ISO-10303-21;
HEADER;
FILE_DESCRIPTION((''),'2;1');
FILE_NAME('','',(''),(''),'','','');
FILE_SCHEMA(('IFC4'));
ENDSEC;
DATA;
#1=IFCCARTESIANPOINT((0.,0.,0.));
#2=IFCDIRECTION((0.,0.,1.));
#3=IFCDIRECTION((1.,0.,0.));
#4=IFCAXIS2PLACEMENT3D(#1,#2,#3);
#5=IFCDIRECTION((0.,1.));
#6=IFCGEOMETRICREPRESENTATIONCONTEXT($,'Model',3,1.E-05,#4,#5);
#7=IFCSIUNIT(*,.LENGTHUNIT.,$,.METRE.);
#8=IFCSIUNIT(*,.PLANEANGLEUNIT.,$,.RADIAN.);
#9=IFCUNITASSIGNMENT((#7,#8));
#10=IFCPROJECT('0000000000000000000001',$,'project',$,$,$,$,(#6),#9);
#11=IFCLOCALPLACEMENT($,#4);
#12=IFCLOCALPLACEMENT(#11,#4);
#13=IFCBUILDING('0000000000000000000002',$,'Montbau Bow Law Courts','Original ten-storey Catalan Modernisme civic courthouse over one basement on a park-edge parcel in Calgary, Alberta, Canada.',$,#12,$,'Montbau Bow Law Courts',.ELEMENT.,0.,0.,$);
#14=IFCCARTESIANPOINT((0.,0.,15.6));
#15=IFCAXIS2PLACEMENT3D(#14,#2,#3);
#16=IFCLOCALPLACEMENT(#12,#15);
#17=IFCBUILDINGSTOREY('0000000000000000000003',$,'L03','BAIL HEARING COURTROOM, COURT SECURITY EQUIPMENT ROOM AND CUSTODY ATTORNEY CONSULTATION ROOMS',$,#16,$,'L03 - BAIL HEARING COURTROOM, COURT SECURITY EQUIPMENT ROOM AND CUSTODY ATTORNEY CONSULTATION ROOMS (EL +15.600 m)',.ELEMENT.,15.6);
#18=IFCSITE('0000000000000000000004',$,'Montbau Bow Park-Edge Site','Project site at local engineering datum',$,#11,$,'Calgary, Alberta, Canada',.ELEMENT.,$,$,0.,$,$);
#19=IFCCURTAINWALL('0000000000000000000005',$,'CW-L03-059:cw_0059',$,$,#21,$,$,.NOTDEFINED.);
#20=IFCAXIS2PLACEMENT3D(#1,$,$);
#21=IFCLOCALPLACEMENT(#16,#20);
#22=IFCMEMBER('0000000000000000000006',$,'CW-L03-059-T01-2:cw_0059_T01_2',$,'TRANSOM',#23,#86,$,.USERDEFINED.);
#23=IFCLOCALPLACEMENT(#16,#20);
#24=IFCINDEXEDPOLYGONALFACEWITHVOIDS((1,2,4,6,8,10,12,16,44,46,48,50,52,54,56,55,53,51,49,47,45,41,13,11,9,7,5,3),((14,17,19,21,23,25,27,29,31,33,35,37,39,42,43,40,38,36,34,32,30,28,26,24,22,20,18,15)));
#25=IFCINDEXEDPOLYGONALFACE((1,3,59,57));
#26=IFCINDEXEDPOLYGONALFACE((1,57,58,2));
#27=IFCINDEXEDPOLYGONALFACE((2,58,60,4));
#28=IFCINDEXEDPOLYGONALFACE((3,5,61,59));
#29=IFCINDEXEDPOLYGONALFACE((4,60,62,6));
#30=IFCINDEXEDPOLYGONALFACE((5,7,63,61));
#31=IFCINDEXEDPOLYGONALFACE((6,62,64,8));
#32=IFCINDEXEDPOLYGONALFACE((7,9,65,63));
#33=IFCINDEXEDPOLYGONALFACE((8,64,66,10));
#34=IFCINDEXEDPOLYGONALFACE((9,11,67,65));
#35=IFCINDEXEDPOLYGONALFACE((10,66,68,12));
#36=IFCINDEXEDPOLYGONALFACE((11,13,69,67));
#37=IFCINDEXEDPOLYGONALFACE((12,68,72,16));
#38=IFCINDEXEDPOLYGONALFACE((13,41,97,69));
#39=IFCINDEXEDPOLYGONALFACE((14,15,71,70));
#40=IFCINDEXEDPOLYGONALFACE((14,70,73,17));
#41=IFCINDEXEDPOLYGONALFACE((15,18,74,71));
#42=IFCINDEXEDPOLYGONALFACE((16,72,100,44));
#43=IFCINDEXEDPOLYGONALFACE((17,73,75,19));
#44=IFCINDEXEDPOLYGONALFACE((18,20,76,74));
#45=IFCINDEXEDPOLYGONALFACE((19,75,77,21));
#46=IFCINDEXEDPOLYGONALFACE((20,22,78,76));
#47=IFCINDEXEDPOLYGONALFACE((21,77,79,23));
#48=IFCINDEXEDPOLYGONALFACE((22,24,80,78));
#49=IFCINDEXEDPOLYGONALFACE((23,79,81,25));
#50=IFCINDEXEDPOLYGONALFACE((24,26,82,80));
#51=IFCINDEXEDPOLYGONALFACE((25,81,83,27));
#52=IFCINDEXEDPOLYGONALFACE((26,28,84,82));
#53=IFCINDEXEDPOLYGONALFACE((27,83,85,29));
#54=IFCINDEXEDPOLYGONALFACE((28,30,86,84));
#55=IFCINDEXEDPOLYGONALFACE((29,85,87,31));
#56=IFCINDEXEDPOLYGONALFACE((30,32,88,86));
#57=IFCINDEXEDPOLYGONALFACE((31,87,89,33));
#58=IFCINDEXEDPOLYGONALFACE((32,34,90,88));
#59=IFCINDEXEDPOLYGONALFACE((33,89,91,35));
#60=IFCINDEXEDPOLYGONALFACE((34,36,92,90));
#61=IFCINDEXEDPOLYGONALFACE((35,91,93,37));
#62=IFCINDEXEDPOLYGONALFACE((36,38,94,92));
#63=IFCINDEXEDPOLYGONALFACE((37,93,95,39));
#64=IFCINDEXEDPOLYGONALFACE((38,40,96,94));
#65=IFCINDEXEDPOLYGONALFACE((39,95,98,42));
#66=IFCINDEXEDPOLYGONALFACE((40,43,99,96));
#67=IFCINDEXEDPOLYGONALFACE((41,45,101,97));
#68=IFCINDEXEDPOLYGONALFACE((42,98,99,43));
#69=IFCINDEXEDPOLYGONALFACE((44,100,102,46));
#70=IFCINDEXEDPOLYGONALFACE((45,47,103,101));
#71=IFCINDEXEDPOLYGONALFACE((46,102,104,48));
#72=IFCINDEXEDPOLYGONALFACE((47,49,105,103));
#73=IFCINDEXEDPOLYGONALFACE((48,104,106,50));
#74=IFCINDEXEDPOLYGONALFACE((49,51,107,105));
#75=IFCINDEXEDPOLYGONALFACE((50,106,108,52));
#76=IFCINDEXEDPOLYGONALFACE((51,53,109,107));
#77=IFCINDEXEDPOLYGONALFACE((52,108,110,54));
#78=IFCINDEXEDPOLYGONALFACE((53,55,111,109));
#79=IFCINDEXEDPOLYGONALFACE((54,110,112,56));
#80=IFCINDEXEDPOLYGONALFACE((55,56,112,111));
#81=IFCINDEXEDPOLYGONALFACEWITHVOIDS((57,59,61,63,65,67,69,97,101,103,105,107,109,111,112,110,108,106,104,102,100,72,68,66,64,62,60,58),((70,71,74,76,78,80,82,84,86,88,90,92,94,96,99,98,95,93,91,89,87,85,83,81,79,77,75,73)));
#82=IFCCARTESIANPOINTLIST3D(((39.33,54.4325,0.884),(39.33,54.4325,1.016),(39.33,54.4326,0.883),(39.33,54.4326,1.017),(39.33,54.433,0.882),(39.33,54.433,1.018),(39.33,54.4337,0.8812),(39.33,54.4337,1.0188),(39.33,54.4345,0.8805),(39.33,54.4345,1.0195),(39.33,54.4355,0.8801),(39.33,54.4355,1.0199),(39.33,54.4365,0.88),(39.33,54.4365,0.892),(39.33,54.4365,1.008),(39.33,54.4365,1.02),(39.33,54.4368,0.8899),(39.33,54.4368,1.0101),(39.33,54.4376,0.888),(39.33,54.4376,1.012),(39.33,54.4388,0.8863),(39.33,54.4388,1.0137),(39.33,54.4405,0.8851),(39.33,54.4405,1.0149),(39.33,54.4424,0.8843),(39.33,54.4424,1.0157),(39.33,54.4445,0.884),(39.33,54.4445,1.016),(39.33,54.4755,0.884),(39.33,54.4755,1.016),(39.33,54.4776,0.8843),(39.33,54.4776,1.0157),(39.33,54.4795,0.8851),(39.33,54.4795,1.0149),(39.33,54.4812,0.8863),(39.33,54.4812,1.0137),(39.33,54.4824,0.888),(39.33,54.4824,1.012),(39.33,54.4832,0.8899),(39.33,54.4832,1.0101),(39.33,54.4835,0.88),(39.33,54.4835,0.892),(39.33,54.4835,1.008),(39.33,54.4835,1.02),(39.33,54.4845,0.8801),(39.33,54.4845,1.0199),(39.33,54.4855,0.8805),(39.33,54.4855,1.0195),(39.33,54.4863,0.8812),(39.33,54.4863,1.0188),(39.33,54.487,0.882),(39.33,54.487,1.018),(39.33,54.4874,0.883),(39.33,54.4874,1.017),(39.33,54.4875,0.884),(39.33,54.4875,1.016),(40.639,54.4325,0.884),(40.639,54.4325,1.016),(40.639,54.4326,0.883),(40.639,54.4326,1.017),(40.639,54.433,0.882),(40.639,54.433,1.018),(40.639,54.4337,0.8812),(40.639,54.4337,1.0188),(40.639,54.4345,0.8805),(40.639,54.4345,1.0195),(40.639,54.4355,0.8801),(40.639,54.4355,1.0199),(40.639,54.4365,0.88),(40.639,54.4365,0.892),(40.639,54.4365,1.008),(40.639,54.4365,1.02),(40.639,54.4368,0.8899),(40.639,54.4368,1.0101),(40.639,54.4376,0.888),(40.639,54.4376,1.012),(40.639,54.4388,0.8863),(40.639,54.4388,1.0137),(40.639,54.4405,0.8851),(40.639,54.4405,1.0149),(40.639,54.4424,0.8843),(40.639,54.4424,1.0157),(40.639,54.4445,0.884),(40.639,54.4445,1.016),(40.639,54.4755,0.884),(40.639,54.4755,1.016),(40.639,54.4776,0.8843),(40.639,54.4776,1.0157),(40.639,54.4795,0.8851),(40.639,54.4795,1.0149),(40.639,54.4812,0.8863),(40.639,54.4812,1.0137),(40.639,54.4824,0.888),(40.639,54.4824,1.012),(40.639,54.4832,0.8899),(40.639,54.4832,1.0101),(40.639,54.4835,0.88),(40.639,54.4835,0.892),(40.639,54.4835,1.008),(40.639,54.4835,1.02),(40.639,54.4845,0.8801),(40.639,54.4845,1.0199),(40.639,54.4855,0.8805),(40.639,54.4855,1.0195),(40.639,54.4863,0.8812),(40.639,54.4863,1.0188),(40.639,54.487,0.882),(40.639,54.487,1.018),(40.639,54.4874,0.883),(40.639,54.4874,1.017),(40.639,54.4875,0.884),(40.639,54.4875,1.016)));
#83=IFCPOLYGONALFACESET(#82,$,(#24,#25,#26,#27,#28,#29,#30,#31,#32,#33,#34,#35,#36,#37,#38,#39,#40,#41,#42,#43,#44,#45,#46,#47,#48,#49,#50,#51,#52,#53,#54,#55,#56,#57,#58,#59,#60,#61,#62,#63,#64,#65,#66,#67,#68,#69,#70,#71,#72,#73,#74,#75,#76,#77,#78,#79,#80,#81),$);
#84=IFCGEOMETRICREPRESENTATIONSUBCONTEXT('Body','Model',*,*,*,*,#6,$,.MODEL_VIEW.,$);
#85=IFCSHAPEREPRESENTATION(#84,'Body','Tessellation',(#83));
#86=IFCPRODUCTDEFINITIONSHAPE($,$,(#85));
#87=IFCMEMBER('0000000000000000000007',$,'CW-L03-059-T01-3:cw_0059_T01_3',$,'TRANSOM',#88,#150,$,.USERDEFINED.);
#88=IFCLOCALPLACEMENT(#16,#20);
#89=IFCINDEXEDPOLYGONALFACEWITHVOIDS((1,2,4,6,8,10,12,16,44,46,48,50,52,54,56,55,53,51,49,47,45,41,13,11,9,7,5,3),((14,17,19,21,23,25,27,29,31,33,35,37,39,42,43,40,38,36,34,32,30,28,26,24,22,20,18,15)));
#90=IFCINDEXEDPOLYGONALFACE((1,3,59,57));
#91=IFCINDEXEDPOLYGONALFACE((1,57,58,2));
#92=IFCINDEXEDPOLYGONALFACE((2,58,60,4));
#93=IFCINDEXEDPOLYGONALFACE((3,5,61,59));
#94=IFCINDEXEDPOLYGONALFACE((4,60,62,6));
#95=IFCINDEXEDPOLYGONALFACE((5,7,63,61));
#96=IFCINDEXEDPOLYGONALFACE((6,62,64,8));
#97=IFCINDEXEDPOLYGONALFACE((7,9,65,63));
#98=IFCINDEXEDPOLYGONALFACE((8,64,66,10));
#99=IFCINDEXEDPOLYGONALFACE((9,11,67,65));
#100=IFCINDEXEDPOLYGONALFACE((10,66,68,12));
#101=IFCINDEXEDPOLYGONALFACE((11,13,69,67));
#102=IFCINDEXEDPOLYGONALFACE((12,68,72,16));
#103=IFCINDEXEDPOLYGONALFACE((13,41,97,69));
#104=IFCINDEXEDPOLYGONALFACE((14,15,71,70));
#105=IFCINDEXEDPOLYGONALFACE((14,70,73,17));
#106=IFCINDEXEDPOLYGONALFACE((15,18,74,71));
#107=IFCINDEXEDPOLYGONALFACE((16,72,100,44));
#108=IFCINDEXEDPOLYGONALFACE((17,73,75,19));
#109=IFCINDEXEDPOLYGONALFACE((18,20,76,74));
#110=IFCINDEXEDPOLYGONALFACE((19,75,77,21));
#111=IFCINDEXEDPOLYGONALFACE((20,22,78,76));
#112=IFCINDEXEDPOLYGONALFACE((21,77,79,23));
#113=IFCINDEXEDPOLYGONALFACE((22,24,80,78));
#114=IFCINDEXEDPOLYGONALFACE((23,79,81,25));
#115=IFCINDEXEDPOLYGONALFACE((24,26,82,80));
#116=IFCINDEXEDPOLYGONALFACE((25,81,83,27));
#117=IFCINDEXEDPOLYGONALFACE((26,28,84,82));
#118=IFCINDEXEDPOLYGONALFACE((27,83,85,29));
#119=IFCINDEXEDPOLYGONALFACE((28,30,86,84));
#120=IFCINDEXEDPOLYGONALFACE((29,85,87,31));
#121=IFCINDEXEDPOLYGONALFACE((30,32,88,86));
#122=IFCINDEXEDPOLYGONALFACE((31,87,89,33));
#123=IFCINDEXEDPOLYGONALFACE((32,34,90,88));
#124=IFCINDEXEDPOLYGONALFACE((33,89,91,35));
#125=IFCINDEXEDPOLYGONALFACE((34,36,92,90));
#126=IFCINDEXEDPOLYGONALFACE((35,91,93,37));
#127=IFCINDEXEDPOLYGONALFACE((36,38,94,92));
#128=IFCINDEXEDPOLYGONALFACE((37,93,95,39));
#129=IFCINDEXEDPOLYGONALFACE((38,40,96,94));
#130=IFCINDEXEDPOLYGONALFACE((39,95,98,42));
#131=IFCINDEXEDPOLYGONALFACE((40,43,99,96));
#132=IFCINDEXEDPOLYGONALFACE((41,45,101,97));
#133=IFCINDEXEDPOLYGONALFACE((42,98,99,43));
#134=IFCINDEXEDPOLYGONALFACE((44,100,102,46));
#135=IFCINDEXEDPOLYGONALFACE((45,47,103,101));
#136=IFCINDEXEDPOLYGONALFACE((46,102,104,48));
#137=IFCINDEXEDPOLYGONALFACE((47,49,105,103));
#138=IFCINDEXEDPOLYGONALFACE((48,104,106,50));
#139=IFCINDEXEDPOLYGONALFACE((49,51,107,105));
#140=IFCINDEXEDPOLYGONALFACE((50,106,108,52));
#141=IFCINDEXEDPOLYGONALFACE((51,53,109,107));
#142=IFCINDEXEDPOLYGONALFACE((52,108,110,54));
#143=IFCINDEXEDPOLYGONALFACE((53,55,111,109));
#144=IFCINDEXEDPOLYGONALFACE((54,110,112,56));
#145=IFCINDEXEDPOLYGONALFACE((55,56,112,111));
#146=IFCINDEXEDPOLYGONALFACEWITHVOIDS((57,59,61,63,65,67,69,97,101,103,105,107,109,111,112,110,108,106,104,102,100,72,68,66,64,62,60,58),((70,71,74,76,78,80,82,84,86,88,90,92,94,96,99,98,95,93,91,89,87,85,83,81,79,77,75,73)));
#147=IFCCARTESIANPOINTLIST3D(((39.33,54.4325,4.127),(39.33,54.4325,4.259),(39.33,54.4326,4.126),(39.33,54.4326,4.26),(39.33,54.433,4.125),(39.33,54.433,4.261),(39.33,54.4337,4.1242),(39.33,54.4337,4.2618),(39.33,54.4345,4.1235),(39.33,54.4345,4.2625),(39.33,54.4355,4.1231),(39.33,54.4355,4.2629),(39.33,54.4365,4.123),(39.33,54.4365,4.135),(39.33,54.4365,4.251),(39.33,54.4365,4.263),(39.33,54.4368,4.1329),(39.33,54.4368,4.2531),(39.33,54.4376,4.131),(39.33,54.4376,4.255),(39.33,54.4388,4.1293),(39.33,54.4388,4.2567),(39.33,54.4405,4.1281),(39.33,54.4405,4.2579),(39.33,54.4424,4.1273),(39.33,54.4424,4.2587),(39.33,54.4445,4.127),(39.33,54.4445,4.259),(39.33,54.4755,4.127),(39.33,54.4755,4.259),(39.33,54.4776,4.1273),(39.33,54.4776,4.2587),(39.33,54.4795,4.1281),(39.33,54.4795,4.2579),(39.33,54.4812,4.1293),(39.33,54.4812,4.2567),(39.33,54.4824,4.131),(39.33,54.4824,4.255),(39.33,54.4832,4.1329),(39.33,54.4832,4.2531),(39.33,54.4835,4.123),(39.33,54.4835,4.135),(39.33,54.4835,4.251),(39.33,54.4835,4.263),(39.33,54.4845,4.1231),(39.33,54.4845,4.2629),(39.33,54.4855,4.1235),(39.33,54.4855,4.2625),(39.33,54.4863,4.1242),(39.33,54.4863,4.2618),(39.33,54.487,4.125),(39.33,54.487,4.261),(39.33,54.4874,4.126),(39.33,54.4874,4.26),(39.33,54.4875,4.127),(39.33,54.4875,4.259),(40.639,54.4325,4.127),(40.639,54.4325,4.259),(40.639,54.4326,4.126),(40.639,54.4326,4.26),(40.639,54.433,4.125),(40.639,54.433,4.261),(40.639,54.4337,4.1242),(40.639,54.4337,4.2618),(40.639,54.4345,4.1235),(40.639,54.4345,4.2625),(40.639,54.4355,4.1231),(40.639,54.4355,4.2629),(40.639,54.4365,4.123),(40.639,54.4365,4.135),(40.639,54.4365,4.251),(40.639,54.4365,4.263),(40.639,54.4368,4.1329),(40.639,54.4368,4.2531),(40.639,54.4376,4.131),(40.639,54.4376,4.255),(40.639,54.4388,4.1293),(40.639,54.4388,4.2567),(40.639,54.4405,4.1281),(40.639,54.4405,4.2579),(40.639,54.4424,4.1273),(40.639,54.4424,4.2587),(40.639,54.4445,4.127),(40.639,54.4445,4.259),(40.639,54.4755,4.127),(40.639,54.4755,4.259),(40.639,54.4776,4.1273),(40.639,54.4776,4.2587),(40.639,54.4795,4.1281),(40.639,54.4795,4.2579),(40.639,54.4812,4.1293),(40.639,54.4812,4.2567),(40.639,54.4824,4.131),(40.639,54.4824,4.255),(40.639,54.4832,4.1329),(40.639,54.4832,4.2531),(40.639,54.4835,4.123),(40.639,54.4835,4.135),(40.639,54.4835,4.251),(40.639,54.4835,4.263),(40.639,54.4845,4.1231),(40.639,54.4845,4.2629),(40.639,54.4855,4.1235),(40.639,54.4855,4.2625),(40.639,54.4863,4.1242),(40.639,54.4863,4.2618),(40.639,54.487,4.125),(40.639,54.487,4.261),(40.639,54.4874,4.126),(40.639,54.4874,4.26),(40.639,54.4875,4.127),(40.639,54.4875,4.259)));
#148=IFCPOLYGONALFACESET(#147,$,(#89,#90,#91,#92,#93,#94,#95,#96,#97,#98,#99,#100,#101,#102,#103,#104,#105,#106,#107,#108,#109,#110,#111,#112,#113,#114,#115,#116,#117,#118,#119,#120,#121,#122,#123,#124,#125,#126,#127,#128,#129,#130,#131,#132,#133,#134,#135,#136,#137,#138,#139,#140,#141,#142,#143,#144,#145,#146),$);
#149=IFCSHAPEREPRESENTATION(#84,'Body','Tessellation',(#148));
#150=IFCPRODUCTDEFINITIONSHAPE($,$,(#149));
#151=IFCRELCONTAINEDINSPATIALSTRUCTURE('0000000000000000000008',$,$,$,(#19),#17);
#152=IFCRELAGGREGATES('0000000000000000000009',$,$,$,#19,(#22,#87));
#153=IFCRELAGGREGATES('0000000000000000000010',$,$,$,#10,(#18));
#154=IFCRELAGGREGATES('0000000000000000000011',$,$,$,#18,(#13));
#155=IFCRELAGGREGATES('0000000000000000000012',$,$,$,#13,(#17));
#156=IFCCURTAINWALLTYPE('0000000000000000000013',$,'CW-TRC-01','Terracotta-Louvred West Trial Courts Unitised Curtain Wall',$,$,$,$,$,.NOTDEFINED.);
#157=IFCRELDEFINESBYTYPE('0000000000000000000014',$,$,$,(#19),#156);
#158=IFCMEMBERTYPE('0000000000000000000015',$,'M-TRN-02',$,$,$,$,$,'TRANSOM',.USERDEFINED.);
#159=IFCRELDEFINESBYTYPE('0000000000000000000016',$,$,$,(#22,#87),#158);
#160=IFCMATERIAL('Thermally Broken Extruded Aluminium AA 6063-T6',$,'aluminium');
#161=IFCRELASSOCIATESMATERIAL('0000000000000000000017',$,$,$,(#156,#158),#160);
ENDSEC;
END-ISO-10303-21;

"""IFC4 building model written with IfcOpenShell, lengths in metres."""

from ifc_helpers import new_model, si_unit, direction, frame, origin_with_axes, origin_2d_with_axis, place, context, subcontext, project, spatial, hollow_rectangle, extrude, material, material_profile, profile_set, type_object, element, aggregate, save


model = new_model("IFC4")

# Units and contexts
model_context = context("Model", 3, precision=1e-05, world=origin_with_axes(), true_north=direction((0.0, 1.0)))
body_context = subcontext(model_context, "Body", "Model", "MODEL_VIEW")
ifc_project = project(units=[si_unit("LENGTHUNIT", "METRE"), si_unit("PLANEANGLEUNIT", "RADIAN")], contexts=[model_context])

# Site, building, storey
site_placement = place(None, origin_with_axes())
site = spatial("IfcSite", under=ifc_project, at=site_placement, Name="Montbau Bow Park-Edge Site", Description="Project site at local engineering datum", LongName="Calgary, Alberta, Canada", CompositionType="ELEMENT", RefElevation=0.0)
building_placement = place(site_placement, origin_with_axes())
building = spatial("IfcBuilding", under=site, at=building_placement, Name="Montbau Bow Law Courts", Description="Original ten-storey Catalan Modernisme civic courthouse over one basement on a park-edge parcel in Calgary, Alberta, Canada.", LongName="Montbau Bow Law Courts", CompositionType="ELEMENT", ElevationOfRefHeight=0.0, ElevationOfTerrain=0.0)
storey_placement = place(building_placement, frame((0.0, 0.0, 15.6), z_axis=(0.0, 0.0, 1.0), x_axis=(1.0, 0.0, 0.0)))
storey = spatial("IfcBuildingStorey", under=building, at=storey_placement, Name="L03", Description="BAIL HEARING COURTROOM, COURT SECURITY EQUIPMENT ROOM AND CUSTODY ATTORNEY CONSULTATION ROOMS", LongName="L03 - BAIL HEARING COURTROOM, COURT SECURITY EQUIPMENT ROOM AND CUSTODY ATTORNEY CONSULTATION ROOMS (EL +15.600 m)", CompositionType="ELEMENT", Elevation=15.6)

# Shared definitions
ifc_material_1 = material(Name="Thermally Broken Extruded Aluminium AA 6063-T6", Category="aluminium")
curtain_wall_type = type_object("IfcCurtainWallType", Name="CW-TRC-01", Description="Terracotta-Louvred West Trial Courts Unitised Curtain Wall", PredefinedType="NOTDEFINED", material=ifc_material_1)

# Curtain wall
curtain_wall_1_placement = place(None, frame((39.268, 54.46, 15.6), z_axis=(0.0, 0.0, 1.0), x_axis=(1.0, 0.0, 0.0)))
curtain_wall_1 = element("IfcCurtainWall", 1, at=curtain_wall_1_placement, inside=storey, type_object=curtain_wall_type, Name="CW-L03-059:cw_0059", PredefinedType="NOTDEFINED")

# Members
ifc_material_profile_1 = material_profile(ifc_material_1, hollow_rectangle(XDim=0.055, YDim=0.14, WallThickness=0.004, InnerFilletRadius=0.008, OuterFilletRadius=0.004, at=origin_2d_with_axis()), Name="CWT-140X55", Category="Main", Priority=0)
ifc_profile_set_1 = profile_set([ifc_material_profile_1], Name="Thermally Broken Extruded Aluminium AA 6063-T6")
member_type_1 = type_object("IfcMemberType", Name="M-TRN-02", ElementType="TRANSOM", PredefinedType="USERDEFINED", material=ifc_profile_set_1)
member_1_placement = place(None, frame((39.33, 54.46, 16.55), z_axis=(1.0, 0.0, 0.0), x_axis=(0.0, 1.0, 0.0)))
member_1 = element("IfcMember", 2, at=member_1_placement, type_object=member_type_1, Name="CW-L03-059-T01-2:cw_0059_T01_2", ObjectType="TRANSOM", PredefinedType="USERDEFINED", context=body_context, shape_type="SweptSolid", body=[
    extrude(hollow_rectangle(XDim=0.055, YDim=0.14, WallThickness=0.004, InnerFilletRadius=0.008, OuterFilletRadius=0.004, at=origin_2d_with_axis()), origin_with_axes(), (0.0, 0.0, 1.0), 1.309),
])
member_2_placement = place(None, frame((39.33, 54.46, 19.793), z_axis=(1.0, 0.0, 0.0), x_axis=(0.0, 1.0, 0.0)))
member_2 = element("IfcMember", 3, at=member_2_placement, type_object=member_type_1, Name="CW-L03-059-T01-3:cw_0059_T01_3", ObjectType="TRANSOM", PredefinedType="USERDEFINED", context=body_context, shape_type="SweptSolid", body=[
    extrude(hollow_rectangle(XDim=0.055, YDim=0.14, WallThickness=0.004, InnerFilletRadius=0.008, OuterFilletRadius=0.004, at=origin_2d_with_axis()), origin_with_axes(), (0.0, 0.0, 1.0), 1.309),
])

aggregate(curtain_wall_1, [member_1, member_2])

save(model, "model.ifc")
